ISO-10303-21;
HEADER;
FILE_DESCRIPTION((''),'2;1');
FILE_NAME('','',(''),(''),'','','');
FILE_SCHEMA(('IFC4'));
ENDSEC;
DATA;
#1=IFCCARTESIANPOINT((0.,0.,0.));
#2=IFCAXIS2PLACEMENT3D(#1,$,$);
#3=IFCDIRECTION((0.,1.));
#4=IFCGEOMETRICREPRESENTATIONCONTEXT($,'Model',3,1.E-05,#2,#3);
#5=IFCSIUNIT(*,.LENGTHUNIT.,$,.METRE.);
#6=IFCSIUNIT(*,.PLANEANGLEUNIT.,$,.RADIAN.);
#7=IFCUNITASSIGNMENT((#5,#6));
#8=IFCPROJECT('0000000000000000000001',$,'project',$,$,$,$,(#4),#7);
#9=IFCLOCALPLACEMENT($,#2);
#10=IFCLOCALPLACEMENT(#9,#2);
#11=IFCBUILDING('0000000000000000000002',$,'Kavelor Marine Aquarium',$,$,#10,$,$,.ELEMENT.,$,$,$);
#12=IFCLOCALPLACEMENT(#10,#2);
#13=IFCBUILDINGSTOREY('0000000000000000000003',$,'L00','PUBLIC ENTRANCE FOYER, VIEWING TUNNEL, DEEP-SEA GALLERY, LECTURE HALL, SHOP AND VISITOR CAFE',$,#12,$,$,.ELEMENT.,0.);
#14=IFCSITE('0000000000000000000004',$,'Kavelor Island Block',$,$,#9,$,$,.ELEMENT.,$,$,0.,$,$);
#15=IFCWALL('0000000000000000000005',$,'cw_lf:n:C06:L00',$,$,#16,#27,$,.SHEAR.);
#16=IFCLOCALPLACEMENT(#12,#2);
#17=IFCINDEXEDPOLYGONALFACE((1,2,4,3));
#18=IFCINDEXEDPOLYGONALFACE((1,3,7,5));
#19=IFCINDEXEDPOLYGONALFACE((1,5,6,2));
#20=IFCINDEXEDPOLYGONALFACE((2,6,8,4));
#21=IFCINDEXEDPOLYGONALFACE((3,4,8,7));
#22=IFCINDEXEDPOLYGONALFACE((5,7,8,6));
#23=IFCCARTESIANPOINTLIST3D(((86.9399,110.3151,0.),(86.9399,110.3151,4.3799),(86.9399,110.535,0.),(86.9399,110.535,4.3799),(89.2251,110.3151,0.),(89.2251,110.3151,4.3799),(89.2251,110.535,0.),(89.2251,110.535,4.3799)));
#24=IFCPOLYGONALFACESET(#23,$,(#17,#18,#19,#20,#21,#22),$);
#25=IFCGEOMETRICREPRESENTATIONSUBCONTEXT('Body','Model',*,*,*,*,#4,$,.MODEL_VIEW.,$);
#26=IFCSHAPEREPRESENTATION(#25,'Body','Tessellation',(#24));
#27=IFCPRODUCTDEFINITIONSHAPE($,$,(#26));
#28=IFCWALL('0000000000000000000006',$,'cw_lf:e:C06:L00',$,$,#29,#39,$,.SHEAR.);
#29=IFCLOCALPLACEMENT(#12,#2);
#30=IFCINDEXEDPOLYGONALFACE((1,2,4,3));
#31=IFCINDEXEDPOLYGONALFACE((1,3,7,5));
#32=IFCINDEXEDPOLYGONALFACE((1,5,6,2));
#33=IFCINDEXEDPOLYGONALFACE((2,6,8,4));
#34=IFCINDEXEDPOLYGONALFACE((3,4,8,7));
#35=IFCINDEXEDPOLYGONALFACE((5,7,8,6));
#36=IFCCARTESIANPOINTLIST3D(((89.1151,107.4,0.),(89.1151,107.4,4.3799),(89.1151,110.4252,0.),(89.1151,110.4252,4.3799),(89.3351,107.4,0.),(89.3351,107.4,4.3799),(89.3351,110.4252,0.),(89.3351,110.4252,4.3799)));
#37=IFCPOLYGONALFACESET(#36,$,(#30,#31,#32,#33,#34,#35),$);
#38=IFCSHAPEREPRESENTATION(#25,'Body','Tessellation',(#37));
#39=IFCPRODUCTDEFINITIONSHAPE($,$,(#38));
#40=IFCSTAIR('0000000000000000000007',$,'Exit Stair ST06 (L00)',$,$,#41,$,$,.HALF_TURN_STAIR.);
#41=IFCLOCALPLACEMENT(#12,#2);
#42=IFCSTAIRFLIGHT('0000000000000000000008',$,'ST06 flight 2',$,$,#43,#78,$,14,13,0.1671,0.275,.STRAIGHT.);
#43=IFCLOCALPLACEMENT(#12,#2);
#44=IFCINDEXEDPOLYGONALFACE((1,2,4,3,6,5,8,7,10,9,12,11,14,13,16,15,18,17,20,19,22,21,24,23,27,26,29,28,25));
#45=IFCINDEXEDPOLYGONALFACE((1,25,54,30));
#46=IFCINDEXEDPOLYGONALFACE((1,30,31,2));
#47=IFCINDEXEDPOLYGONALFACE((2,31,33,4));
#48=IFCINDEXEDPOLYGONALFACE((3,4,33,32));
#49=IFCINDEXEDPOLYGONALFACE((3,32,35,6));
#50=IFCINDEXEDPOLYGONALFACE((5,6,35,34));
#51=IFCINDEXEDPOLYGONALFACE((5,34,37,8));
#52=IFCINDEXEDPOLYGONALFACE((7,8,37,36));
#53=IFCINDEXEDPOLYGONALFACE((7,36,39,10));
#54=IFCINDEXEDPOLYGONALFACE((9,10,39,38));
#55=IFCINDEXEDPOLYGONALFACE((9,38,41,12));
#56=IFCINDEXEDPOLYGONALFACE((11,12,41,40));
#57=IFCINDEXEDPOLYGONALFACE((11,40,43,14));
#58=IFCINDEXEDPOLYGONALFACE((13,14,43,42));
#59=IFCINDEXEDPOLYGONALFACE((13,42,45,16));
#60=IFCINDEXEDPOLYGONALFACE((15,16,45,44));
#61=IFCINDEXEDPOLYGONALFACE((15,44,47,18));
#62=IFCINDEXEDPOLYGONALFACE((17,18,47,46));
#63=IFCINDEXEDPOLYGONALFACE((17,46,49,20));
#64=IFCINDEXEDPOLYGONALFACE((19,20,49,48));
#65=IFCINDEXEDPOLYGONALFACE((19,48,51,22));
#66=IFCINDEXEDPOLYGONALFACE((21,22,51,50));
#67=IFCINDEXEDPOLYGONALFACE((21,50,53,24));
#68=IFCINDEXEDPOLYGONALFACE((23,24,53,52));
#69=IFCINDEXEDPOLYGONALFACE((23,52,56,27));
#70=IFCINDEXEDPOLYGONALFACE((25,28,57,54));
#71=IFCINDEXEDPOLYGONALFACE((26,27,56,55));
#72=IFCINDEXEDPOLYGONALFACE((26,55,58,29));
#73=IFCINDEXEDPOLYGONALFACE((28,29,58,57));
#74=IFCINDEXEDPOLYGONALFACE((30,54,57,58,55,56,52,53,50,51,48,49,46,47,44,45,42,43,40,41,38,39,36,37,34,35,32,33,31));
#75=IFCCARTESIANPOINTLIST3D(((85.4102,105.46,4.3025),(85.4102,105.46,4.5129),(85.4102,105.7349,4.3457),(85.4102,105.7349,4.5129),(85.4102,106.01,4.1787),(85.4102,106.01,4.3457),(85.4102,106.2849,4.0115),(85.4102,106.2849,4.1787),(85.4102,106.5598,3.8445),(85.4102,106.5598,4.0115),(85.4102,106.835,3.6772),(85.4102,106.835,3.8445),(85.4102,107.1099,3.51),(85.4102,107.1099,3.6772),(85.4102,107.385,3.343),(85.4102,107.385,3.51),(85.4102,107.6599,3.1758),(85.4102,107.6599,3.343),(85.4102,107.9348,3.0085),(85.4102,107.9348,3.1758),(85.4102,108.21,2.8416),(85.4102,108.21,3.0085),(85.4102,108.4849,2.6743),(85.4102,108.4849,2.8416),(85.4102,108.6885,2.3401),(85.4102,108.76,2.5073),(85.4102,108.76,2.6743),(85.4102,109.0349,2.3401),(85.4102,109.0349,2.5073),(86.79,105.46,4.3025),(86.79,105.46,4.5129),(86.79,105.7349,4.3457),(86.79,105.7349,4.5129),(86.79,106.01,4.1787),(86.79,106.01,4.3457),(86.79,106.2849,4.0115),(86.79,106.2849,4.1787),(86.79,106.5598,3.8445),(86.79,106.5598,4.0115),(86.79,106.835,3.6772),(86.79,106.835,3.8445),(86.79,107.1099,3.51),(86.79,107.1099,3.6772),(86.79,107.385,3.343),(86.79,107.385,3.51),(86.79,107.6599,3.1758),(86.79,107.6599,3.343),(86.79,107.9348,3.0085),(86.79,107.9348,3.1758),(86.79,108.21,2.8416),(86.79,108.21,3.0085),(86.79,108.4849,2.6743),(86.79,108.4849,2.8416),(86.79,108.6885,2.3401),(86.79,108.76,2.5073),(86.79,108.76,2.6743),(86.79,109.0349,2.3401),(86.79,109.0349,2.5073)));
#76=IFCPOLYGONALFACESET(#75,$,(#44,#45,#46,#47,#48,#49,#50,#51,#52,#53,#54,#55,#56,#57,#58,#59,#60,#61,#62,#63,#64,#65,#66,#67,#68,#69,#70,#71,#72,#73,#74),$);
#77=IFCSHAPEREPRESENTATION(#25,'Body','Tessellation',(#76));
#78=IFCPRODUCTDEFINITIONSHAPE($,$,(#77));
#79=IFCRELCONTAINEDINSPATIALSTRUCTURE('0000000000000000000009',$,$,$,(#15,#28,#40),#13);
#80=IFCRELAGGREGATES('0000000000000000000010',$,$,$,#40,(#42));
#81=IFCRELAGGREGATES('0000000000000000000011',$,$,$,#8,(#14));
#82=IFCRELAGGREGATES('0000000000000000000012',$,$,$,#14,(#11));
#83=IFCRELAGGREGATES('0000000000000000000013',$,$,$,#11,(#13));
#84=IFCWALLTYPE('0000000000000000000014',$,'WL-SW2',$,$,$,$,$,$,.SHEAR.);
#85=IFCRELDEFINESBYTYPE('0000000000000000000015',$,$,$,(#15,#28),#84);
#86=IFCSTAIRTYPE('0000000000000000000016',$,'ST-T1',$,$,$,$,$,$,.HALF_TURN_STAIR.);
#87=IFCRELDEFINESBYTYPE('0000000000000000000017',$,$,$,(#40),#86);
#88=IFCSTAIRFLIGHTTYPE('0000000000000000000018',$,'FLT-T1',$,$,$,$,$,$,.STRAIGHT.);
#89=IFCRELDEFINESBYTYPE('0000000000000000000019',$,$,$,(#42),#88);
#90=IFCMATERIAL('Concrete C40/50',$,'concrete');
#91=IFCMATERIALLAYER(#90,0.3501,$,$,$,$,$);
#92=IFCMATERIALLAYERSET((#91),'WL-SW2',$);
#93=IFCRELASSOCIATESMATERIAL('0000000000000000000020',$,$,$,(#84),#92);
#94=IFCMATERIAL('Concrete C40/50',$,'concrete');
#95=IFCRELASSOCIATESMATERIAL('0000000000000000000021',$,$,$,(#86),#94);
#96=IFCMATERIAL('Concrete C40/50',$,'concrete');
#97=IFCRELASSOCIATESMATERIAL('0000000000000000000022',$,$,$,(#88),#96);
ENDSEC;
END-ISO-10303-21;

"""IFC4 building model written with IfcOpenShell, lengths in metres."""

from ifc_helpers import new_model, si_unit, direction, frame, frame_2d, origin, place, context, subcontext, project, spatial, polyline, rectangle, outline, extrude, material, layer, layer_set, type_object, element, aggregate, save


model = new_model("IFC4")

# Units and contexts
model_context = context("Model", 3, precision=1e-05, world=origin(), true_north=direction((0.0, 1.0)))
body_context = subcontext(model_context, "Body", "Model", "MODEL_VIEW")
ifc_project = project(units=[si_unit("LENGTHUNIT", "METRE"), si_unit("PLANEANGLEUNIT", "RADIAN")], contexts=[model_context])

# Site, building, storey
site_placement = place(None, origin())
site = spatial("IfcSite", under=ifc_project, at=site_placement, Name="Kavelor Island Block", CompositionType="ELEMENT", RefElevation=0.0)
building_placement = place(site_placement, origin())
building = spatial("IfcBuilding", under=site, at=building_placement, Name="Kavelor Marine Aquarium", CompositionType="ELEMENT")
storey_placement = place(building_placement, origin())
storey = spatial("IfcBuildingStorey", under=building, at=storey_placement, Name="L00", Description="PUBLIC ENTRANCE FOYER, VIEWING TUNNEL, DEEP-SEA GALLERY, LECTURE HALL, SHOP AND VISITOR CAFE", CompositionType="ELEMENT", Elevation=0.0)

# Shared definitions
ifc_material_1 = material(Name="Concrete C40/50", Category="concrete")
ifc_layer_1 = layer(ifc_material_1, 0.3501)
ifc_layer_set_1 = layer_set([ifc_layer_1], Name="WL-SW2")
wall_type_1 = type_object("IfcWallType", Name="WL-SW2", PredefinedType="SHEAR", material=ifc_layer_set_1)

# Walls
wall_1_placement = place(storey_placement, frame((86.9399, 110.425, 0.0), z_axis=(0.0, 0.0, 1.0), x_axis=(1.0, 0.0, 0.0)))
element("IfcWall", 1, at=wall_1_placement, inside=storey, type_object=wall_type_1, Name="cw_lf:n:C06:L00", PredefinedType="SHEAR", context=body_context, shape_type="SweptSolid", body=[
    extrude(rectangle(XDim=2.2852, YDim=0.22, at=frame_2d((1.1426, 0.0))), origin(), (0.0, 0.0, 1.0), 4.3799),
])
wall_2_placement = place(storey_placement, frame((89.2251, 107.3999, 0.0), z_axis=(0.0, 0.0, 1.0), x_axis=(0.0, 1.0, 0.0)))
element("IfcWall", 2, at=wall_2_placement, inside=storey, type_object=wall_type_1, Name="cw_lf:e:C06:L00", PredefinedType="SHEAR", context=body_context, shape_type="SweptSolid", body=[
    extrude(rectangle(XDim=3.0251, YDim=0.22, at=frame_2d((1.5127, 0.0))), origin(), (0.0, 0.0, 1.0), 4.3799),
])

# Stair, stair flight
ifc_material_2 = material(Name="Concrete C40/50", Category="concrete")
stair_type = type_object("IfcStairType", Name="ST-T1", PredefinedType="HALF_TURN_STAIR", material=ifc_material_2)
stair_placement = place(storey_placement, origin())
stair = element("IfcStair", 3, at=stair_placement, inside=storey, type_object=stair_type, Name="Exit Stair ST06 (L00)", PredefinedType="HALF_TURN_STAIR")
ifc_material_3 = material(Name="Concrete C40/50", Category="concrete")
stair_flight_type = type_object("IfcStairFlightType", Name="FLT-T1", PredefinedType="STRAIGHT", material=ifc_material_3)
stair_flight_placement = place(storey_placement, frame((86.1001, 109.0349, 2.3401), z_axis=(0.0, 0.0, 1.0), x_axis=(0.0, -1.0, 0.0)))
stair_flight = element("IfcStairFlight", 4, at=stair_flight_placement, type_object=stair_flight_type, Name="ST06 flight 2", NumberOfRisers=14, NumberOfTreads=13, PredefinedType="STRAIGHT", RiserHeight=0.1671, TreadLength=0.275, context=body_context, shape_type="SweptSolid", body=[
    extrude(outline(polyline([(0.0, 0.0), (0.0, 0.1672), (0.2749, 0.1672), (0.2749, 0.3342), (0.55, 0.3342), (0.55, 0.5015), (0.825, 0.5015), (0.825, 0.6685), (1.1001, 0.6685), (1.1001, 0.8357), (1.375, 0.8357), (1.375, 1.0029), (1.6499, 1.0029), (1.6499, 1.1699), (1.925, 1.1699), (1.925, 1.3372), (2.2, 1.3372), (2.2, 1.5044), (2.4751, 1.5044), (2.4751, 1.6714), (2.75, 1.6714), (2.75, 1.8386), (3.0249, 1.8386), (3.0249, 2.0056), (3.3, 2.0056), (3.3, 2.1729), (3.575, 2.1729), (3.575, 2.3401), (3.575, 1.9624), (0.3464, 0.0), (0.0, 0.0)])), frame((0.0, 0.6899, 0.0), z_axis=(0.0, -1.0, 0.0), x_axis=(1.0, 0.0, 0.0)), (0.0, 0.0, 1.0), 1.3799),
])
aggregate(stair, [stair_flight])

save(model, "model.ifc")
